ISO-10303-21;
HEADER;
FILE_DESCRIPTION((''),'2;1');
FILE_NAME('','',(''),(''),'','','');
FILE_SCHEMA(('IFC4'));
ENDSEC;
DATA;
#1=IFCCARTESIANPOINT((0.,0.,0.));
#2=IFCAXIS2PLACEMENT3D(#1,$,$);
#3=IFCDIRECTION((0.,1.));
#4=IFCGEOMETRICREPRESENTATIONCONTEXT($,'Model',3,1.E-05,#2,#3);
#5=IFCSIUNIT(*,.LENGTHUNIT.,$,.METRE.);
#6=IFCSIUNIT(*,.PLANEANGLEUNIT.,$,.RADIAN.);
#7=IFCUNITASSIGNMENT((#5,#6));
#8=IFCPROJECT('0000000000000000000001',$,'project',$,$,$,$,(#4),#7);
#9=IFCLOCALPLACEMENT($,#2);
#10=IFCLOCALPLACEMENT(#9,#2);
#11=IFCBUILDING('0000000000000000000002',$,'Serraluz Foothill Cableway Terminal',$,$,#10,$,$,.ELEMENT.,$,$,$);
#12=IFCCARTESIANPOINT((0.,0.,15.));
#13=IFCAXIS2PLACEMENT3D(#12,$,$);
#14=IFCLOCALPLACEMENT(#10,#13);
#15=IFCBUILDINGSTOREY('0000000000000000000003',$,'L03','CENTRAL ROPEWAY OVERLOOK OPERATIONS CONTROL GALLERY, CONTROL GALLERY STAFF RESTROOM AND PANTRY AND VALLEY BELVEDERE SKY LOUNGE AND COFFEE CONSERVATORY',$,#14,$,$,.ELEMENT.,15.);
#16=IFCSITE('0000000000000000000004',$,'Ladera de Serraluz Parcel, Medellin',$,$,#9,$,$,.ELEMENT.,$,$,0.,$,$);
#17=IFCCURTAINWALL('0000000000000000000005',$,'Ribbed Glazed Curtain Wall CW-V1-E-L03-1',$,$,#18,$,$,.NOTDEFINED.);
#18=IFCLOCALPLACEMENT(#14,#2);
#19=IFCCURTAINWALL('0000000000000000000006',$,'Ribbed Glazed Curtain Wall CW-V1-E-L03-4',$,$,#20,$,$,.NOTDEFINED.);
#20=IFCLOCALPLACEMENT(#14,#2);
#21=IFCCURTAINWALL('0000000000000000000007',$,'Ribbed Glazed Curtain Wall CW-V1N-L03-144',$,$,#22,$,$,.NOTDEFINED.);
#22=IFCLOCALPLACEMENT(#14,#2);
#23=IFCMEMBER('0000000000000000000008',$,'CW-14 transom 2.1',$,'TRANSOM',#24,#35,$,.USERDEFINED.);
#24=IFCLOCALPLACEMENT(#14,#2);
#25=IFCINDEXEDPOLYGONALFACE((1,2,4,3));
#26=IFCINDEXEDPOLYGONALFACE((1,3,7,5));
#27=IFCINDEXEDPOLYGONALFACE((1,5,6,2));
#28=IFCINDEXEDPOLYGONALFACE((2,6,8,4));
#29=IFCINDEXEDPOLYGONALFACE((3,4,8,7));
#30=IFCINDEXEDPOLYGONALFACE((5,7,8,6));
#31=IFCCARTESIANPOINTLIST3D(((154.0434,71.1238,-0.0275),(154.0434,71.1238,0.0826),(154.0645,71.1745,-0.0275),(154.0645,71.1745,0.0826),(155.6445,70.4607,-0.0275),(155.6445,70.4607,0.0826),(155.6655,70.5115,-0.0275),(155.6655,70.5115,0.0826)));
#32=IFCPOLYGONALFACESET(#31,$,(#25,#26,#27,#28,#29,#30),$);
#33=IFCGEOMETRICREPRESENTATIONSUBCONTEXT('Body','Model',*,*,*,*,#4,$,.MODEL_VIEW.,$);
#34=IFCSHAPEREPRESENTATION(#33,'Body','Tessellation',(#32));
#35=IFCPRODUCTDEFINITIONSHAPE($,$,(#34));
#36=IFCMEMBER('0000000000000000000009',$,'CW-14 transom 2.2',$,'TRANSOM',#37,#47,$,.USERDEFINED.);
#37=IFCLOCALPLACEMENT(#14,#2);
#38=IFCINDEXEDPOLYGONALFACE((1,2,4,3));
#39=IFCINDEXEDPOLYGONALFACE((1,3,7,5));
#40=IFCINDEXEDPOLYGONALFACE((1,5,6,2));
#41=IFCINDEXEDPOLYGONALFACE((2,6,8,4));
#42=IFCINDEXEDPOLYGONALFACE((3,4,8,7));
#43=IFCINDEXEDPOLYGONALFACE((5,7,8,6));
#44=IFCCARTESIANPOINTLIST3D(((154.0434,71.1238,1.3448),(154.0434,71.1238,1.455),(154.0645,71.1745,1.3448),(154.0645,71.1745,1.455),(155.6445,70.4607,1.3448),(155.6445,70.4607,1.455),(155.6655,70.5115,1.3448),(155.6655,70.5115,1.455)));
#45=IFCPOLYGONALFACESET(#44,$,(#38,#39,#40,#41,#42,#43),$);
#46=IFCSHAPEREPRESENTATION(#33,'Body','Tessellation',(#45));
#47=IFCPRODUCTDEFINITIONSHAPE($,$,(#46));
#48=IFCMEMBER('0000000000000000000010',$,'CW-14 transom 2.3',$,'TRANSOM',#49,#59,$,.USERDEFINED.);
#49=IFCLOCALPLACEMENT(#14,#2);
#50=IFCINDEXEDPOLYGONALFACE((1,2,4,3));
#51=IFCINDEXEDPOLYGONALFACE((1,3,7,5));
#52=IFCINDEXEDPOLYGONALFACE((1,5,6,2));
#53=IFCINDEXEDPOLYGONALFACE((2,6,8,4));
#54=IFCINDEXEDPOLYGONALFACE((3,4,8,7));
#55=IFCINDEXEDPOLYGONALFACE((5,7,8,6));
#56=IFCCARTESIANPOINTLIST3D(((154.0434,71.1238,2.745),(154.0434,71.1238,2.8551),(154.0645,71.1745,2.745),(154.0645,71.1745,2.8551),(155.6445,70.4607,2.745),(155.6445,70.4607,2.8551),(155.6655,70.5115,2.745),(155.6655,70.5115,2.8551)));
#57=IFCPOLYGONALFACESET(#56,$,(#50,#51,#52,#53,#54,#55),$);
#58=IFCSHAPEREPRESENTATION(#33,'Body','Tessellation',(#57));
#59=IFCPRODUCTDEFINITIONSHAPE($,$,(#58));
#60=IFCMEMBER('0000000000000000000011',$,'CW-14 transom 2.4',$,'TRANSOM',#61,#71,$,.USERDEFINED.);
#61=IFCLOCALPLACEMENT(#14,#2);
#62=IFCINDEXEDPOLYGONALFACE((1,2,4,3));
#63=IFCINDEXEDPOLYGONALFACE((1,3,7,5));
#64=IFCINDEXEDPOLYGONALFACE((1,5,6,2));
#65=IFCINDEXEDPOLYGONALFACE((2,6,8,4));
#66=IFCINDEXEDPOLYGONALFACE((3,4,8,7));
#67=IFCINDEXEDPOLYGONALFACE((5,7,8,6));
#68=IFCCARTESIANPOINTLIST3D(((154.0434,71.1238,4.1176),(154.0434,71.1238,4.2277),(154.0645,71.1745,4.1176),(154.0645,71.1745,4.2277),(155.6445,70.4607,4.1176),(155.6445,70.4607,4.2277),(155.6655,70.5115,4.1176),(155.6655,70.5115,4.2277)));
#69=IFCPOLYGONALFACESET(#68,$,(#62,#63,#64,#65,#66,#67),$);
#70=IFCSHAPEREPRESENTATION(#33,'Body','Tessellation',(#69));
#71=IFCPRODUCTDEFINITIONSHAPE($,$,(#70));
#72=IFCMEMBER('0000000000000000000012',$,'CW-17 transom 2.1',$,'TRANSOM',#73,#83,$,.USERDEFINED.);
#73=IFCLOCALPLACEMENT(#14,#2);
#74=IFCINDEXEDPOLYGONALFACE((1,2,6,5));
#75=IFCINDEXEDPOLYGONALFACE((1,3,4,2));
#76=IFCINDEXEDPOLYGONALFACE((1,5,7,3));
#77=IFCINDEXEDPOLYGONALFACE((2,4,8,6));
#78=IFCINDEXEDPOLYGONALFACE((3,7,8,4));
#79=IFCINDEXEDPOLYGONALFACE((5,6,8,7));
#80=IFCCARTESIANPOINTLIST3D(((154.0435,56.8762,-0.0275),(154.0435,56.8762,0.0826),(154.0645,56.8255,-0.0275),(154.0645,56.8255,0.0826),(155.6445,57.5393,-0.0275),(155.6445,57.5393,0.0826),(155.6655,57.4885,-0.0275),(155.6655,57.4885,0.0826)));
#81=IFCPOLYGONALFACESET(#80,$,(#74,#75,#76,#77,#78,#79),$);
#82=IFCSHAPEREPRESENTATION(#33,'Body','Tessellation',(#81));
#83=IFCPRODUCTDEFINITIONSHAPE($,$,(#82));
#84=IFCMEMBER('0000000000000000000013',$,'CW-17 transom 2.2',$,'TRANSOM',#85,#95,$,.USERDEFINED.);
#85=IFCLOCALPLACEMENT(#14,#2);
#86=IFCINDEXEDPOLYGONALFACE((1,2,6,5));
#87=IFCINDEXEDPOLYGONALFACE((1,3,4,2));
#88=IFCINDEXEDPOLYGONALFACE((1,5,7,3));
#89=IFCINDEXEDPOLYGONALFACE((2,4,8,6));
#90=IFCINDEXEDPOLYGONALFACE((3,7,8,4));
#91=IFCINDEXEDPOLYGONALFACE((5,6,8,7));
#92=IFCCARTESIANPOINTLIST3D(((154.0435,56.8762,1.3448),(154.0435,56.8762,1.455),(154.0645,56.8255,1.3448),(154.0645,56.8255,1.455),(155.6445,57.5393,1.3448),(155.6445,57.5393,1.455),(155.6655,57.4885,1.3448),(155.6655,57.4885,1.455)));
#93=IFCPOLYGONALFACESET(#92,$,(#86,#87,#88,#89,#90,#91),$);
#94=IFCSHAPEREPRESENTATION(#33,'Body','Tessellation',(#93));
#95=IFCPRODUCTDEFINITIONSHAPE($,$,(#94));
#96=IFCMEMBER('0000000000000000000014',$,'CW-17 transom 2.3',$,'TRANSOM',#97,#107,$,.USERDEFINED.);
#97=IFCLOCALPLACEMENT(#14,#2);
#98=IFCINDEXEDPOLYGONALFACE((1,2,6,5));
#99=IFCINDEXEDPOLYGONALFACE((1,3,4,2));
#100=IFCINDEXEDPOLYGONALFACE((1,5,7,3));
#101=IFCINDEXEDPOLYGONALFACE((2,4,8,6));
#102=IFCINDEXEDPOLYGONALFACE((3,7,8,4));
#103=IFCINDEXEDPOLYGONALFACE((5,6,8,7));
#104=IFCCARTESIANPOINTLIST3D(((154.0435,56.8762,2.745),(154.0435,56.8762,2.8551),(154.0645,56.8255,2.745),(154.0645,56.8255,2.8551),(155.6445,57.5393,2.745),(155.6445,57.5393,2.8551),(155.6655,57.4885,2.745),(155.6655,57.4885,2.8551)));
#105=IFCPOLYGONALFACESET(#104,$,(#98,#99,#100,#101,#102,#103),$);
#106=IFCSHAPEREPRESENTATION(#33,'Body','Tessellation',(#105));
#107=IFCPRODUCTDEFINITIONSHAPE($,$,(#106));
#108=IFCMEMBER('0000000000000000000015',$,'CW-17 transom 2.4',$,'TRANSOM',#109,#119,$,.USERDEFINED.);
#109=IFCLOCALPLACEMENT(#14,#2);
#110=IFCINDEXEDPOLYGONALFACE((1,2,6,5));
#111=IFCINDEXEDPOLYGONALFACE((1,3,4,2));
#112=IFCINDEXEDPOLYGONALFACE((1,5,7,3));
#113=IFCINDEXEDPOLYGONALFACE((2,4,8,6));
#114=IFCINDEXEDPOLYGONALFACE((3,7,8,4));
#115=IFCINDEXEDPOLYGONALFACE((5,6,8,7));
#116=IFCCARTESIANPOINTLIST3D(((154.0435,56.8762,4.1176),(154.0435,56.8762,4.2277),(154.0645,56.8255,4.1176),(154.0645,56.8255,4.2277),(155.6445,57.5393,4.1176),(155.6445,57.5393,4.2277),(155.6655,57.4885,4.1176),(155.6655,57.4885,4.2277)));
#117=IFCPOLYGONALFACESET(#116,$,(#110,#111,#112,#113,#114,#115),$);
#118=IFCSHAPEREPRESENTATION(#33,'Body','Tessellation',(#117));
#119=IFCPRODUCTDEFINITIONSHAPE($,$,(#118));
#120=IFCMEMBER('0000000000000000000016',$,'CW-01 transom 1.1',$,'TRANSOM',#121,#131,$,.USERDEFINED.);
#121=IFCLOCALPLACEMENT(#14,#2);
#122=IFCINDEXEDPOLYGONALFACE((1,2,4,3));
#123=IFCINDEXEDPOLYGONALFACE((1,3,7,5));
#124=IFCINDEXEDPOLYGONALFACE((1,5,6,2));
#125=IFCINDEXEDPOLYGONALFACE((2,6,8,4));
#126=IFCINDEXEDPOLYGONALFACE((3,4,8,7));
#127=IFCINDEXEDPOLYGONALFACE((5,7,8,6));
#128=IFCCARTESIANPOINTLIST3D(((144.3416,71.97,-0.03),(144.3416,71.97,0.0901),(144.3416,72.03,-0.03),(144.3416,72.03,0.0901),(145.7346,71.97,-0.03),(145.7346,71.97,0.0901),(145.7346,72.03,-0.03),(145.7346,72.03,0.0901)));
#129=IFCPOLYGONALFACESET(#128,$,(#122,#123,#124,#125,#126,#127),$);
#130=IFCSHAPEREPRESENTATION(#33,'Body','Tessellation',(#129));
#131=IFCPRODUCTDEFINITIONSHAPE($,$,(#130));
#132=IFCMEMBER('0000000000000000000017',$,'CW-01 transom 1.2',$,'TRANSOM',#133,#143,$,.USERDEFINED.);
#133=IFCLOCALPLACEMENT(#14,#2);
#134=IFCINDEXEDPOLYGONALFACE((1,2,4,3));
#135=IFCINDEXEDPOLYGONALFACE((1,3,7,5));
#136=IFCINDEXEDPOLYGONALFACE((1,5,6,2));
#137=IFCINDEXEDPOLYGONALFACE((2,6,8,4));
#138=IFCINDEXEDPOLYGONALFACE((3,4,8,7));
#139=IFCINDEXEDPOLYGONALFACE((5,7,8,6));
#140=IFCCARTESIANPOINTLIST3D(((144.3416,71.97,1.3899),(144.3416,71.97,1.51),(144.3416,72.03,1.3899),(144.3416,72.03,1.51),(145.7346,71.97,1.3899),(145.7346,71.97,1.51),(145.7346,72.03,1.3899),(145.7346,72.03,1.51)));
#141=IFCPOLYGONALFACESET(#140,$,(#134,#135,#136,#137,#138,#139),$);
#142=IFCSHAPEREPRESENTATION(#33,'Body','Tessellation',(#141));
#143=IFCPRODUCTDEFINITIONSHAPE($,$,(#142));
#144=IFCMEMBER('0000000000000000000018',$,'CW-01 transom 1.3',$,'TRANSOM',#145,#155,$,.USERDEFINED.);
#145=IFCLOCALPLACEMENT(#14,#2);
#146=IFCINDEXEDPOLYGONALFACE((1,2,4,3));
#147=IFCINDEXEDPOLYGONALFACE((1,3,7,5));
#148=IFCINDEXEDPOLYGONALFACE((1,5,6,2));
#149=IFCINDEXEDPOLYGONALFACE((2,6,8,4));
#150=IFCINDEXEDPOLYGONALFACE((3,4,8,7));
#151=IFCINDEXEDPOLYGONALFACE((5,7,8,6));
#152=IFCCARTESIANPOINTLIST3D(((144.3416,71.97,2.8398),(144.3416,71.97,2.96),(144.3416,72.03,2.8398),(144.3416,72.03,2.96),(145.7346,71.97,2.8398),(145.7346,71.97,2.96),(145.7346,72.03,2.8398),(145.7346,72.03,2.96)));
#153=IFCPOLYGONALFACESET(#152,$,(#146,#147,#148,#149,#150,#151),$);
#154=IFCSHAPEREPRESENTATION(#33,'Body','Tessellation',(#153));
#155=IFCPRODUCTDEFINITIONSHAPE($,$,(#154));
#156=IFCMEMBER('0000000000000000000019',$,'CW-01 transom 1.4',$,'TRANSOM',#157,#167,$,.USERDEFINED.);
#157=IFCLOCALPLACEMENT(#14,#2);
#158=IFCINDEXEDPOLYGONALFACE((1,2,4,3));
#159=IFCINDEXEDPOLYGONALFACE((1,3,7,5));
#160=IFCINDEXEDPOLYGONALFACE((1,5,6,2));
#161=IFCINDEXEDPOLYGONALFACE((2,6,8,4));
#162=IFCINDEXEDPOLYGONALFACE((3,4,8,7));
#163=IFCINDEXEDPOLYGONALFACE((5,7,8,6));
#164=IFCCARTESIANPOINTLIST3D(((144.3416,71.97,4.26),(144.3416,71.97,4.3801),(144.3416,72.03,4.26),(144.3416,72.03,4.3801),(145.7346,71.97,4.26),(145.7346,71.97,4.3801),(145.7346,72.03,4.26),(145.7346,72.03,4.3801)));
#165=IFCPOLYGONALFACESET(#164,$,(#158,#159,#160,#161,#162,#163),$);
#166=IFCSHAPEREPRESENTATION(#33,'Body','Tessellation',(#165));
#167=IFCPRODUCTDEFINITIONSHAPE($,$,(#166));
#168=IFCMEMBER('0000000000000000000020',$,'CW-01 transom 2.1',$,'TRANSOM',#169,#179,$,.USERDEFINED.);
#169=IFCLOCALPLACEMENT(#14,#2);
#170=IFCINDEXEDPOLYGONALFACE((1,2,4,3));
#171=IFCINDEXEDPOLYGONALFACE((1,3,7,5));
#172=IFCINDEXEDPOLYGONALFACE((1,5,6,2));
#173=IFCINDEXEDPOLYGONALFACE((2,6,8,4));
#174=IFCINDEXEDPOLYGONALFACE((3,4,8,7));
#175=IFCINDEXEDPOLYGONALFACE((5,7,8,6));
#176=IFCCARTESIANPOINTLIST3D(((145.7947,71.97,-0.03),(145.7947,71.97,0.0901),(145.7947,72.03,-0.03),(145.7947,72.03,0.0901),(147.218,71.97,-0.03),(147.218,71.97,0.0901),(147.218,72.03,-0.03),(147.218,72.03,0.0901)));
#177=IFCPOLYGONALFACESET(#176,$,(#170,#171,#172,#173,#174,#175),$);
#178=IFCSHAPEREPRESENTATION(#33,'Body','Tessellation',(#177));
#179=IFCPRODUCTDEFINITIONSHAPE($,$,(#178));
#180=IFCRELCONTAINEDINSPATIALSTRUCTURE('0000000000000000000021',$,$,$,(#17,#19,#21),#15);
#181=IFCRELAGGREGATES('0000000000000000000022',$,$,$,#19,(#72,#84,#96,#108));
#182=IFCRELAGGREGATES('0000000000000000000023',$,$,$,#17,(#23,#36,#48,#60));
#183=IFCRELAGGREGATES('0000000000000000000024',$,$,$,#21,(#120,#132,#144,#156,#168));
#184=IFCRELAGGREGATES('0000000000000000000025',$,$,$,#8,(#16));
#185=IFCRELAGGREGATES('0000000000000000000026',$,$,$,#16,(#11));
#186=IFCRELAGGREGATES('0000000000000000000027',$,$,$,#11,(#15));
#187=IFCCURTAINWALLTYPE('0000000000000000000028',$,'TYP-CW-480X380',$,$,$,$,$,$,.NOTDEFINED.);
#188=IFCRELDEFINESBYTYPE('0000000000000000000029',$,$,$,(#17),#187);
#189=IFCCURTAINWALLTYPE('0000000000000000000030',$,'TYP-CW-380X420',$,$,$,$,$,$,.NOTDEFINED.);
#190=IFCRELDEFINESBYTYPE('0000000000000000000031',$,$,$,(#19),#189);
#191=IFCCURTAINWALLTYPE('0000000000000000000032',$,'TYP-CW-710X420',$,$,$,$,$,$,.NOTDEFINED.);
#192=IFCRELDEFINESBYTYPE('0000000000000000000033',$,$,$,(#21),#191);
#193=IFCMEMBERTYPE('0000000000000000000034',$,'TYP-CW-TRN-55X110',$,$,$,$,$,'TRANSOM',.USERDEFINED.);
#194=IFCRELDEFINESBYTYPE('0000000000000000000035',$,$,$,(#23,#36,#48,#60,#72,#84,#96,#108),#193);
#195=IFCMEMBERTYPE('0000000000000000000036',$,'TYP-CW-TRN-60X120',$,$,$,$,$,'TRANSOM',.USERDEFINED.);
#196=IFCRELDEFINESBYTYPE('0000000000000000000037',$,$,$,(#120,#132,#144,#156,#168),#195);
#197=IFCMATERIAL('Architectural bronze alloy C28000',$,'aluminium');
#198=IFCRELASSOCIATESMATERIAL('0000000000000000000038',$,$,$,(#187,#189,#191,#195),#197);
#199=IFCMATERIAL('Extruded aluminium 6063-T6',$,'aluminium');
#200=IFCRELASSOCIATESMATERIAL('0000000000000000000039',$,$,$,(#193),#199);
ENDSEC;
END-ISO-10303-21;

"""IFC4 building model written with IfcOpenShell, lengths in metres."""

from ifc_helpers import new_model, si_unit, direction, frame, origin, origin_2d, place, context, subcontext, project, spatial, rectangle, extrude, material, material_profile, profile_set, type_object, element, aggregate, save


model = new_model("IFC4")

# Units and contexts
model_context = context("Model", 3, precision=1e-05, world=origin(), true_north=direction((0.0, 1.0)))
body_context = subcontext(model_context, "Body", "Model", "MODEL_VIEW")
ifc_project = project(units=[si_unit("LENGTHUNIT", "METRE"), si_unit("PLANEANGLEUNIT", "RADIAN")], contexts=[model_context])

# Site, building, storey
site_placement = place(None, origin())
site = spatial("IfcSite", under=ifc_project, at=site_placement, Name="Ladera de Serraluz Parcel, Medellin", CompositionType="ELEMENT", RefElevation=0.0)
building_placement = place(site_placement, origin())
building = spatial("IfcBuilding", under=site, at=building_placement, Name="Serraluz Foothill Cableway Terminal", CompositionType="ELEMENT")
storey_placement = place(building_placement, frame((0.0, 0.0, 15.0)))
storey = spatial("IfcBuildingStorey", under=building, at=storey_placement, Name="L03", Description="CENTRAL ROPEWAY OVERLOOK OPERATIONS CONTROL GALLERY, CONTROL GALLERY STAFF RESTROOM AND PANTRY AND VALLEY BELVEDERE SKY LOUNGE AND COFFEE CONSERVATORY", CompositionType="ELEMENT", Elevation=15.0)

# Curtain wall
ifc_material_1 = material(Name="Architectural bronze alloy C28000", Category="aluminium")
curtain_wall_type_1 = type_object("IfcCurtainWallType", Name="TYP-CW-480X380", PredefinedType="NOTDEFINED", material=ifc_material_1)
curtain_wall_1_placement = place(storey_placement, origin())
curtain_wall_1 = element("IfcCurtainWall", 1, at=curtain_wall_1_placement, inside=storey, type_object=curtain_wall_type_1, Name="Ribbed Glazed Curtain Wall CW-V1-E-L03-1", PredefinedType="NOTDEFINED")
ifc_material_2 = material(Name="Extruded aluminium 6063-T6", Category="aluminium")

# Curtain wall
curtain_wall_type_2 = type_object("IfcCurtainWallType", Name="TYP-CW-380X420", PredefinedType="NOTDEFINED", material=ifc_material_1)
curtain_wall_2_placement = place(storey_placement, origin())
curtain_wall_2 = element("IfcCurtainWall", 2, at=curtain_wall_2_placement, inside=storey, type_object=curtain_wall_type_2, Name="Ribbed Glazed Curtain Wall CW-V1-E-L03-4", PredefinedType="NOTDEFINED")

# Curtain wall
curtain_wall_type_3 = type_object("IfcCurtainWallType", Name="TYP-CW-710X420", PredefinedType="NOTDEFINED", material=ifc_material_1)
curtain_wall_3_placement = place(storey_placement, origin())
curtain_wall_3 = element("IfcCurtainWall", 3, at=curtain_wall_3_placement, inside=storey, type_object=curtain_wall_type_3, Name="Ribbed Glazed Curtain Wall CW-V1N-L03-144", PredefinedType="NOTDEFINED")

# Members
ifc_material_profile_1 = material_profile(ifc_material_2, rectangle(XDim=0.0549, YDim=0.1101, at=origin_2d()), Name="ALU TRANSOM 55x110")
ifc_profile_set_1 = profile_set([ifc_material_profile_1], Name="Extruded aluminium 6063-T6")
member_type_1 = type_object("IfcMemberType", Name="TYP-CW-TRN-55X110", ElementType="TRANSOM", PredefinedType="USERDEFINED", material=ifc_profile_set_1)
member_1_placement = place(storey_placement, frame((154.054, 71.1492, 0.0276), z_axis=(0.9239, -0.382634, 0.0), x_axis=(0.382634, 0.9239, 0.0)))
member_1 = element("IfcMember", 4, at=member_1_placement, type_object=member_type_1, Name="CW-14 transom 2.1", ObjectType="TRANSOM", PredefinedType="USERDEFINED", context=body_context, shape_type="SweptSolid", body=[
    extrude(rectangle(XDim=0.0549, YDim=0.1101, at=origin_2d()), origin(), (0.0, 0.0, 1.0), 1.7329),
])
member_2_placement = place(storey_placement, frame((154.054, 71.1492, 1.3999), z_axis=(0.9239, -0.382634, 0.0), x_axis=(0.382634, 0.9239, 0.0)))
member_2 = element("IfcMember", 5, at=member_2_placement, type_object=member_type_1, Name="CW-14 transom 2.2", ObjectType="TRANSOM", PredefinedType="USERDEFINED", context=body_context, shape_type="SweptSolid", body=[
    extrude(rectangle(XDim=0.0549, YDim=0.1101, at=origin_2d()), origin(), (0.0, 0.0, 1.0), 1.7329),
])
member_3_placement = place(storey_placement, frame((154.054, 71.1492, 2.8), z_axis=(0.9239, -0.382634, 0.0), x_axis=(0.382634, 0.9239, 0.0)))
member_3 = element("IfcMember", 6, at=member_3_placement, type_object=member_type_1, Name="CW-14 transom 2.3", ObjectType="TRANSOM", PredefinedType="USERDEFINED", context=body_context, shape_type="SweptSolid", body=[
    extrude(rectangle(XDim=0.0549, YDim=0.1101, at=origin_2d()), origin(), (0.0, 0.0, 1.0), 1.7329),
])
member_4_placement = place(storey_placement, frame((154.054, 71.1492, 4.1726), z_axis=(0.9239, -0.382634, 0.0), x_axis=(0.382634, 0.9239, 0.0)))
member_4 = element("IfcMember", 7, at=member_4_placement, type_object=member_type_1, Name="CW-14 transom 2.4", ObjectType="TRANSOM", PredefinedType="USERDEFINED", context=body_context, shape_type="SweptSolid", body=[
    extrude(rectangle(XDim=0.0549, YDim=0.1101, at=origin_2d()), origin(), (0.0, 0.0, 1.0), 1.7329),
])
member_5_placement = place(storey_placement, frame((155.655, 57.5139, 0.0276), z_axis=(-0.9239, -0.382634, 0.0), x_axis=(0.382634, -0.9239, 0.0)))
member_5 = element("IfcMember", 8, at=member_5_placement, type_object=member_type_1, Name="CW-17 transom 2.1", ObjectType="TRANSOM", PredefinedType="USERDEFINED", context=body_context, shape_type="SweptSolid", body=[
    extrude(rectangle(XDim=0.0549, YDim=0.1101, at=origin_2d()), origin(), (0.0, 0.0, 1.0), 1.7329),
])
member_6_placement = place(storey_placement, frame((155.655, 57.5139, 1.3999), z_axis=(-0.9239, -0.382634, 0.0), x_axis=(0.382634, -0.9239, 0.0)))
member_6 = element("IfcMember", 9, at=member_6_placement, type_object=member_type_1, Name="CW-17 transom 2.2", ObjectType="TRANSOM", PredefinedType="USERDEFINED", context=body_context, shape_type="SweptSolid", body=[
    extrude(rectangle(XDim=0.0549, YDim=0.1101, at=origin_2d()), origin(), (0.0, 0.0, 1.0), 1.7329),
])
member_7_placement = place(storey_placement, frame((155.655, 57.5139, 2.8), z_axis=(-0.9239, -0.382634, 0.0), x_axis=(0.382634, -0.9239, 0.0)))
member_7 = element("IfcMember", 10, at=member_7_placement, type_object=member_type_1, Name="CW-17 transom 2.3", ObjectType="TRANSOM", PredefinedType="USERDEFINED", context=body_context, shape_type="SweptSolid", body=[
    extrude(rectangle(XDim=0.0549, YDim=0.1101, at=origin_2d()), origin(), (0.0, 0.0, 1.0), 1.7329),
])
member_8_placement = place(storey_placement, frame((155.655, 57.5139, 4.1726), z_axis=(-0.9239, -0.382634, 0.0), x_axis=(0.382634, -0.9239, 0.0)))
member_8 = element("IfcMember", 11, at=member_8_placement, type_object=member_type_1, Name="CW-17 transom 2.4", ObjectType="TRANSOM", PredefinedType="USERDEFINED", context=body_context, shape_type="SweptSolid", body=[
    extrude(rectangle(XDim=0.0549, YDim=0.1101, at=origin_2d()), origin(), (0.0, 0.0, 1.0), 1.7329),
])
aggregate(curtain_wall_2, [member_5, member_6, member_7, member_8])
ifc_material_profile_2 = material_profile(ifc_material_1, rectangle(XDim=0.0601, YDim=0.1201, at=origin_2d()), Name="ALU TRANSOM 60x120")
ifc_profile_set_2 = profile_set([ifc_material_profile_2], Name="Architectural bronze alloy C28000")
member_type_2 = type_object("IfcMemberType", Name="TYP-CW-TRN-60X120", ElementType="TRANSOM", PredefinedType="USERDEFINED", material=ifc_profile_set_2)
member_9_placement = place(storey_placement, frame((144.3416, 72.0, 0.03), z_axis=(1.0, 0.0, 0.0), x_axis=(0.0, 1.0, 0.0)))
member_9 = element("IfcMember", 12, at=member_9_placement, type_object=member_type_2, Name="CW-01 transom 1.1", ObjectType="TRANSOM", PredefinedType="USERDEFINED", context=body_context, shape_type="SweptSolid", body=[
    extrude(rectangle(XDim=0.0601, YDim=0.1201, at=origin_2d()), origin(), (0.0, 0.0, 1.0), 1.3931),
])
member_10_placement = place(storey_placement, frame((144.3416, 72.0, 1.45), z_axis=(1.0, 0.0, 0.0), x_axis=(0.0, 1.0, 0.0)))
member_10 = element("IfcMember", 13, at=member_10_placement, type_object=member_type_2, Name="CW-01 transom 1.2", ObjectType="TRANSOM", PredefinedType="USERDEFINED", context=body_context, shape_type="SweptSolid", body=[
    extrude(rectangle(XDim=0.0601, YDim=0.1201, at=origin_2d()), origin(), (0.0, 0.0, 1.0), 1.3931),
])
member_11_placement = place(storey_placement, frame((144.3416, 72.0, 2.8999), z_axis=(1.0, 0.0, 0.0), x_axis=(0.0, 1.0, 0.0)))
member_11 = element("IfcMember", 14, at=member_11_placement, type_object=member_type_2, Name="CW-01 transom 1.3", ObjectType="TRANSOM", PredefinedType="USERDEFINED", context=body_context, shape_type="SweptSolid", body=[
    extrude(rectangle(XDim=0.0601, YDim=0.1201, at=origin_2d()), origin(), (0.0, 0.0, 1.0), 1.3931),
])
member_12_placement = place(storey_placement, frame((144.3416, 72.0, 4.3201), z_axis=(1.0, 0.0, 0.0), x_axis=(0.0, 1.0, 0.0)))
member_12 = element("IfcMember", 15, at=member_12_placement, type_object=member_type_2, Name="CW-01 transom 1.4", ObjectType="TRANSOM", PredefinedType="USERDEFINED", context=body_context, shape_type="SweptSolid", body=[
    extrude(rectangle(XDim=0.0601, YDim=0.1201, at=origin_2d()), origin(), (0.0, 0.0, 1.0), 1.3931),
])
member_13_placement = place(storey_placement, frame((145.7947, 72.0, 0.03), z_axis=(1.0, 0.0, 0.0), x_axis=(0.0, 1.0, 0.0)))
member_13 = element("IfcMember", 16, at=member_13_placement, type_object=member_type_2, Name="CW-01 transom 2.1", ObjectType="TRANSOM", PredefinedType="USERDEFINED", context=body_context, shape_type="SweptSolid", body=[
    extrude(rectangle(XDim=0.0601, YDim=0.1201, at=origin_2d()), origin(), (0.0, 0.0, 1.0), 1.4233),
])

aggregate(curtain_wall_1, [member_1, member_2, member_3, member_4])
aggregate(curtain_wall_3, [member_9, member_10, member_11, member_12, member_13])

save(model, "model.ifc")
